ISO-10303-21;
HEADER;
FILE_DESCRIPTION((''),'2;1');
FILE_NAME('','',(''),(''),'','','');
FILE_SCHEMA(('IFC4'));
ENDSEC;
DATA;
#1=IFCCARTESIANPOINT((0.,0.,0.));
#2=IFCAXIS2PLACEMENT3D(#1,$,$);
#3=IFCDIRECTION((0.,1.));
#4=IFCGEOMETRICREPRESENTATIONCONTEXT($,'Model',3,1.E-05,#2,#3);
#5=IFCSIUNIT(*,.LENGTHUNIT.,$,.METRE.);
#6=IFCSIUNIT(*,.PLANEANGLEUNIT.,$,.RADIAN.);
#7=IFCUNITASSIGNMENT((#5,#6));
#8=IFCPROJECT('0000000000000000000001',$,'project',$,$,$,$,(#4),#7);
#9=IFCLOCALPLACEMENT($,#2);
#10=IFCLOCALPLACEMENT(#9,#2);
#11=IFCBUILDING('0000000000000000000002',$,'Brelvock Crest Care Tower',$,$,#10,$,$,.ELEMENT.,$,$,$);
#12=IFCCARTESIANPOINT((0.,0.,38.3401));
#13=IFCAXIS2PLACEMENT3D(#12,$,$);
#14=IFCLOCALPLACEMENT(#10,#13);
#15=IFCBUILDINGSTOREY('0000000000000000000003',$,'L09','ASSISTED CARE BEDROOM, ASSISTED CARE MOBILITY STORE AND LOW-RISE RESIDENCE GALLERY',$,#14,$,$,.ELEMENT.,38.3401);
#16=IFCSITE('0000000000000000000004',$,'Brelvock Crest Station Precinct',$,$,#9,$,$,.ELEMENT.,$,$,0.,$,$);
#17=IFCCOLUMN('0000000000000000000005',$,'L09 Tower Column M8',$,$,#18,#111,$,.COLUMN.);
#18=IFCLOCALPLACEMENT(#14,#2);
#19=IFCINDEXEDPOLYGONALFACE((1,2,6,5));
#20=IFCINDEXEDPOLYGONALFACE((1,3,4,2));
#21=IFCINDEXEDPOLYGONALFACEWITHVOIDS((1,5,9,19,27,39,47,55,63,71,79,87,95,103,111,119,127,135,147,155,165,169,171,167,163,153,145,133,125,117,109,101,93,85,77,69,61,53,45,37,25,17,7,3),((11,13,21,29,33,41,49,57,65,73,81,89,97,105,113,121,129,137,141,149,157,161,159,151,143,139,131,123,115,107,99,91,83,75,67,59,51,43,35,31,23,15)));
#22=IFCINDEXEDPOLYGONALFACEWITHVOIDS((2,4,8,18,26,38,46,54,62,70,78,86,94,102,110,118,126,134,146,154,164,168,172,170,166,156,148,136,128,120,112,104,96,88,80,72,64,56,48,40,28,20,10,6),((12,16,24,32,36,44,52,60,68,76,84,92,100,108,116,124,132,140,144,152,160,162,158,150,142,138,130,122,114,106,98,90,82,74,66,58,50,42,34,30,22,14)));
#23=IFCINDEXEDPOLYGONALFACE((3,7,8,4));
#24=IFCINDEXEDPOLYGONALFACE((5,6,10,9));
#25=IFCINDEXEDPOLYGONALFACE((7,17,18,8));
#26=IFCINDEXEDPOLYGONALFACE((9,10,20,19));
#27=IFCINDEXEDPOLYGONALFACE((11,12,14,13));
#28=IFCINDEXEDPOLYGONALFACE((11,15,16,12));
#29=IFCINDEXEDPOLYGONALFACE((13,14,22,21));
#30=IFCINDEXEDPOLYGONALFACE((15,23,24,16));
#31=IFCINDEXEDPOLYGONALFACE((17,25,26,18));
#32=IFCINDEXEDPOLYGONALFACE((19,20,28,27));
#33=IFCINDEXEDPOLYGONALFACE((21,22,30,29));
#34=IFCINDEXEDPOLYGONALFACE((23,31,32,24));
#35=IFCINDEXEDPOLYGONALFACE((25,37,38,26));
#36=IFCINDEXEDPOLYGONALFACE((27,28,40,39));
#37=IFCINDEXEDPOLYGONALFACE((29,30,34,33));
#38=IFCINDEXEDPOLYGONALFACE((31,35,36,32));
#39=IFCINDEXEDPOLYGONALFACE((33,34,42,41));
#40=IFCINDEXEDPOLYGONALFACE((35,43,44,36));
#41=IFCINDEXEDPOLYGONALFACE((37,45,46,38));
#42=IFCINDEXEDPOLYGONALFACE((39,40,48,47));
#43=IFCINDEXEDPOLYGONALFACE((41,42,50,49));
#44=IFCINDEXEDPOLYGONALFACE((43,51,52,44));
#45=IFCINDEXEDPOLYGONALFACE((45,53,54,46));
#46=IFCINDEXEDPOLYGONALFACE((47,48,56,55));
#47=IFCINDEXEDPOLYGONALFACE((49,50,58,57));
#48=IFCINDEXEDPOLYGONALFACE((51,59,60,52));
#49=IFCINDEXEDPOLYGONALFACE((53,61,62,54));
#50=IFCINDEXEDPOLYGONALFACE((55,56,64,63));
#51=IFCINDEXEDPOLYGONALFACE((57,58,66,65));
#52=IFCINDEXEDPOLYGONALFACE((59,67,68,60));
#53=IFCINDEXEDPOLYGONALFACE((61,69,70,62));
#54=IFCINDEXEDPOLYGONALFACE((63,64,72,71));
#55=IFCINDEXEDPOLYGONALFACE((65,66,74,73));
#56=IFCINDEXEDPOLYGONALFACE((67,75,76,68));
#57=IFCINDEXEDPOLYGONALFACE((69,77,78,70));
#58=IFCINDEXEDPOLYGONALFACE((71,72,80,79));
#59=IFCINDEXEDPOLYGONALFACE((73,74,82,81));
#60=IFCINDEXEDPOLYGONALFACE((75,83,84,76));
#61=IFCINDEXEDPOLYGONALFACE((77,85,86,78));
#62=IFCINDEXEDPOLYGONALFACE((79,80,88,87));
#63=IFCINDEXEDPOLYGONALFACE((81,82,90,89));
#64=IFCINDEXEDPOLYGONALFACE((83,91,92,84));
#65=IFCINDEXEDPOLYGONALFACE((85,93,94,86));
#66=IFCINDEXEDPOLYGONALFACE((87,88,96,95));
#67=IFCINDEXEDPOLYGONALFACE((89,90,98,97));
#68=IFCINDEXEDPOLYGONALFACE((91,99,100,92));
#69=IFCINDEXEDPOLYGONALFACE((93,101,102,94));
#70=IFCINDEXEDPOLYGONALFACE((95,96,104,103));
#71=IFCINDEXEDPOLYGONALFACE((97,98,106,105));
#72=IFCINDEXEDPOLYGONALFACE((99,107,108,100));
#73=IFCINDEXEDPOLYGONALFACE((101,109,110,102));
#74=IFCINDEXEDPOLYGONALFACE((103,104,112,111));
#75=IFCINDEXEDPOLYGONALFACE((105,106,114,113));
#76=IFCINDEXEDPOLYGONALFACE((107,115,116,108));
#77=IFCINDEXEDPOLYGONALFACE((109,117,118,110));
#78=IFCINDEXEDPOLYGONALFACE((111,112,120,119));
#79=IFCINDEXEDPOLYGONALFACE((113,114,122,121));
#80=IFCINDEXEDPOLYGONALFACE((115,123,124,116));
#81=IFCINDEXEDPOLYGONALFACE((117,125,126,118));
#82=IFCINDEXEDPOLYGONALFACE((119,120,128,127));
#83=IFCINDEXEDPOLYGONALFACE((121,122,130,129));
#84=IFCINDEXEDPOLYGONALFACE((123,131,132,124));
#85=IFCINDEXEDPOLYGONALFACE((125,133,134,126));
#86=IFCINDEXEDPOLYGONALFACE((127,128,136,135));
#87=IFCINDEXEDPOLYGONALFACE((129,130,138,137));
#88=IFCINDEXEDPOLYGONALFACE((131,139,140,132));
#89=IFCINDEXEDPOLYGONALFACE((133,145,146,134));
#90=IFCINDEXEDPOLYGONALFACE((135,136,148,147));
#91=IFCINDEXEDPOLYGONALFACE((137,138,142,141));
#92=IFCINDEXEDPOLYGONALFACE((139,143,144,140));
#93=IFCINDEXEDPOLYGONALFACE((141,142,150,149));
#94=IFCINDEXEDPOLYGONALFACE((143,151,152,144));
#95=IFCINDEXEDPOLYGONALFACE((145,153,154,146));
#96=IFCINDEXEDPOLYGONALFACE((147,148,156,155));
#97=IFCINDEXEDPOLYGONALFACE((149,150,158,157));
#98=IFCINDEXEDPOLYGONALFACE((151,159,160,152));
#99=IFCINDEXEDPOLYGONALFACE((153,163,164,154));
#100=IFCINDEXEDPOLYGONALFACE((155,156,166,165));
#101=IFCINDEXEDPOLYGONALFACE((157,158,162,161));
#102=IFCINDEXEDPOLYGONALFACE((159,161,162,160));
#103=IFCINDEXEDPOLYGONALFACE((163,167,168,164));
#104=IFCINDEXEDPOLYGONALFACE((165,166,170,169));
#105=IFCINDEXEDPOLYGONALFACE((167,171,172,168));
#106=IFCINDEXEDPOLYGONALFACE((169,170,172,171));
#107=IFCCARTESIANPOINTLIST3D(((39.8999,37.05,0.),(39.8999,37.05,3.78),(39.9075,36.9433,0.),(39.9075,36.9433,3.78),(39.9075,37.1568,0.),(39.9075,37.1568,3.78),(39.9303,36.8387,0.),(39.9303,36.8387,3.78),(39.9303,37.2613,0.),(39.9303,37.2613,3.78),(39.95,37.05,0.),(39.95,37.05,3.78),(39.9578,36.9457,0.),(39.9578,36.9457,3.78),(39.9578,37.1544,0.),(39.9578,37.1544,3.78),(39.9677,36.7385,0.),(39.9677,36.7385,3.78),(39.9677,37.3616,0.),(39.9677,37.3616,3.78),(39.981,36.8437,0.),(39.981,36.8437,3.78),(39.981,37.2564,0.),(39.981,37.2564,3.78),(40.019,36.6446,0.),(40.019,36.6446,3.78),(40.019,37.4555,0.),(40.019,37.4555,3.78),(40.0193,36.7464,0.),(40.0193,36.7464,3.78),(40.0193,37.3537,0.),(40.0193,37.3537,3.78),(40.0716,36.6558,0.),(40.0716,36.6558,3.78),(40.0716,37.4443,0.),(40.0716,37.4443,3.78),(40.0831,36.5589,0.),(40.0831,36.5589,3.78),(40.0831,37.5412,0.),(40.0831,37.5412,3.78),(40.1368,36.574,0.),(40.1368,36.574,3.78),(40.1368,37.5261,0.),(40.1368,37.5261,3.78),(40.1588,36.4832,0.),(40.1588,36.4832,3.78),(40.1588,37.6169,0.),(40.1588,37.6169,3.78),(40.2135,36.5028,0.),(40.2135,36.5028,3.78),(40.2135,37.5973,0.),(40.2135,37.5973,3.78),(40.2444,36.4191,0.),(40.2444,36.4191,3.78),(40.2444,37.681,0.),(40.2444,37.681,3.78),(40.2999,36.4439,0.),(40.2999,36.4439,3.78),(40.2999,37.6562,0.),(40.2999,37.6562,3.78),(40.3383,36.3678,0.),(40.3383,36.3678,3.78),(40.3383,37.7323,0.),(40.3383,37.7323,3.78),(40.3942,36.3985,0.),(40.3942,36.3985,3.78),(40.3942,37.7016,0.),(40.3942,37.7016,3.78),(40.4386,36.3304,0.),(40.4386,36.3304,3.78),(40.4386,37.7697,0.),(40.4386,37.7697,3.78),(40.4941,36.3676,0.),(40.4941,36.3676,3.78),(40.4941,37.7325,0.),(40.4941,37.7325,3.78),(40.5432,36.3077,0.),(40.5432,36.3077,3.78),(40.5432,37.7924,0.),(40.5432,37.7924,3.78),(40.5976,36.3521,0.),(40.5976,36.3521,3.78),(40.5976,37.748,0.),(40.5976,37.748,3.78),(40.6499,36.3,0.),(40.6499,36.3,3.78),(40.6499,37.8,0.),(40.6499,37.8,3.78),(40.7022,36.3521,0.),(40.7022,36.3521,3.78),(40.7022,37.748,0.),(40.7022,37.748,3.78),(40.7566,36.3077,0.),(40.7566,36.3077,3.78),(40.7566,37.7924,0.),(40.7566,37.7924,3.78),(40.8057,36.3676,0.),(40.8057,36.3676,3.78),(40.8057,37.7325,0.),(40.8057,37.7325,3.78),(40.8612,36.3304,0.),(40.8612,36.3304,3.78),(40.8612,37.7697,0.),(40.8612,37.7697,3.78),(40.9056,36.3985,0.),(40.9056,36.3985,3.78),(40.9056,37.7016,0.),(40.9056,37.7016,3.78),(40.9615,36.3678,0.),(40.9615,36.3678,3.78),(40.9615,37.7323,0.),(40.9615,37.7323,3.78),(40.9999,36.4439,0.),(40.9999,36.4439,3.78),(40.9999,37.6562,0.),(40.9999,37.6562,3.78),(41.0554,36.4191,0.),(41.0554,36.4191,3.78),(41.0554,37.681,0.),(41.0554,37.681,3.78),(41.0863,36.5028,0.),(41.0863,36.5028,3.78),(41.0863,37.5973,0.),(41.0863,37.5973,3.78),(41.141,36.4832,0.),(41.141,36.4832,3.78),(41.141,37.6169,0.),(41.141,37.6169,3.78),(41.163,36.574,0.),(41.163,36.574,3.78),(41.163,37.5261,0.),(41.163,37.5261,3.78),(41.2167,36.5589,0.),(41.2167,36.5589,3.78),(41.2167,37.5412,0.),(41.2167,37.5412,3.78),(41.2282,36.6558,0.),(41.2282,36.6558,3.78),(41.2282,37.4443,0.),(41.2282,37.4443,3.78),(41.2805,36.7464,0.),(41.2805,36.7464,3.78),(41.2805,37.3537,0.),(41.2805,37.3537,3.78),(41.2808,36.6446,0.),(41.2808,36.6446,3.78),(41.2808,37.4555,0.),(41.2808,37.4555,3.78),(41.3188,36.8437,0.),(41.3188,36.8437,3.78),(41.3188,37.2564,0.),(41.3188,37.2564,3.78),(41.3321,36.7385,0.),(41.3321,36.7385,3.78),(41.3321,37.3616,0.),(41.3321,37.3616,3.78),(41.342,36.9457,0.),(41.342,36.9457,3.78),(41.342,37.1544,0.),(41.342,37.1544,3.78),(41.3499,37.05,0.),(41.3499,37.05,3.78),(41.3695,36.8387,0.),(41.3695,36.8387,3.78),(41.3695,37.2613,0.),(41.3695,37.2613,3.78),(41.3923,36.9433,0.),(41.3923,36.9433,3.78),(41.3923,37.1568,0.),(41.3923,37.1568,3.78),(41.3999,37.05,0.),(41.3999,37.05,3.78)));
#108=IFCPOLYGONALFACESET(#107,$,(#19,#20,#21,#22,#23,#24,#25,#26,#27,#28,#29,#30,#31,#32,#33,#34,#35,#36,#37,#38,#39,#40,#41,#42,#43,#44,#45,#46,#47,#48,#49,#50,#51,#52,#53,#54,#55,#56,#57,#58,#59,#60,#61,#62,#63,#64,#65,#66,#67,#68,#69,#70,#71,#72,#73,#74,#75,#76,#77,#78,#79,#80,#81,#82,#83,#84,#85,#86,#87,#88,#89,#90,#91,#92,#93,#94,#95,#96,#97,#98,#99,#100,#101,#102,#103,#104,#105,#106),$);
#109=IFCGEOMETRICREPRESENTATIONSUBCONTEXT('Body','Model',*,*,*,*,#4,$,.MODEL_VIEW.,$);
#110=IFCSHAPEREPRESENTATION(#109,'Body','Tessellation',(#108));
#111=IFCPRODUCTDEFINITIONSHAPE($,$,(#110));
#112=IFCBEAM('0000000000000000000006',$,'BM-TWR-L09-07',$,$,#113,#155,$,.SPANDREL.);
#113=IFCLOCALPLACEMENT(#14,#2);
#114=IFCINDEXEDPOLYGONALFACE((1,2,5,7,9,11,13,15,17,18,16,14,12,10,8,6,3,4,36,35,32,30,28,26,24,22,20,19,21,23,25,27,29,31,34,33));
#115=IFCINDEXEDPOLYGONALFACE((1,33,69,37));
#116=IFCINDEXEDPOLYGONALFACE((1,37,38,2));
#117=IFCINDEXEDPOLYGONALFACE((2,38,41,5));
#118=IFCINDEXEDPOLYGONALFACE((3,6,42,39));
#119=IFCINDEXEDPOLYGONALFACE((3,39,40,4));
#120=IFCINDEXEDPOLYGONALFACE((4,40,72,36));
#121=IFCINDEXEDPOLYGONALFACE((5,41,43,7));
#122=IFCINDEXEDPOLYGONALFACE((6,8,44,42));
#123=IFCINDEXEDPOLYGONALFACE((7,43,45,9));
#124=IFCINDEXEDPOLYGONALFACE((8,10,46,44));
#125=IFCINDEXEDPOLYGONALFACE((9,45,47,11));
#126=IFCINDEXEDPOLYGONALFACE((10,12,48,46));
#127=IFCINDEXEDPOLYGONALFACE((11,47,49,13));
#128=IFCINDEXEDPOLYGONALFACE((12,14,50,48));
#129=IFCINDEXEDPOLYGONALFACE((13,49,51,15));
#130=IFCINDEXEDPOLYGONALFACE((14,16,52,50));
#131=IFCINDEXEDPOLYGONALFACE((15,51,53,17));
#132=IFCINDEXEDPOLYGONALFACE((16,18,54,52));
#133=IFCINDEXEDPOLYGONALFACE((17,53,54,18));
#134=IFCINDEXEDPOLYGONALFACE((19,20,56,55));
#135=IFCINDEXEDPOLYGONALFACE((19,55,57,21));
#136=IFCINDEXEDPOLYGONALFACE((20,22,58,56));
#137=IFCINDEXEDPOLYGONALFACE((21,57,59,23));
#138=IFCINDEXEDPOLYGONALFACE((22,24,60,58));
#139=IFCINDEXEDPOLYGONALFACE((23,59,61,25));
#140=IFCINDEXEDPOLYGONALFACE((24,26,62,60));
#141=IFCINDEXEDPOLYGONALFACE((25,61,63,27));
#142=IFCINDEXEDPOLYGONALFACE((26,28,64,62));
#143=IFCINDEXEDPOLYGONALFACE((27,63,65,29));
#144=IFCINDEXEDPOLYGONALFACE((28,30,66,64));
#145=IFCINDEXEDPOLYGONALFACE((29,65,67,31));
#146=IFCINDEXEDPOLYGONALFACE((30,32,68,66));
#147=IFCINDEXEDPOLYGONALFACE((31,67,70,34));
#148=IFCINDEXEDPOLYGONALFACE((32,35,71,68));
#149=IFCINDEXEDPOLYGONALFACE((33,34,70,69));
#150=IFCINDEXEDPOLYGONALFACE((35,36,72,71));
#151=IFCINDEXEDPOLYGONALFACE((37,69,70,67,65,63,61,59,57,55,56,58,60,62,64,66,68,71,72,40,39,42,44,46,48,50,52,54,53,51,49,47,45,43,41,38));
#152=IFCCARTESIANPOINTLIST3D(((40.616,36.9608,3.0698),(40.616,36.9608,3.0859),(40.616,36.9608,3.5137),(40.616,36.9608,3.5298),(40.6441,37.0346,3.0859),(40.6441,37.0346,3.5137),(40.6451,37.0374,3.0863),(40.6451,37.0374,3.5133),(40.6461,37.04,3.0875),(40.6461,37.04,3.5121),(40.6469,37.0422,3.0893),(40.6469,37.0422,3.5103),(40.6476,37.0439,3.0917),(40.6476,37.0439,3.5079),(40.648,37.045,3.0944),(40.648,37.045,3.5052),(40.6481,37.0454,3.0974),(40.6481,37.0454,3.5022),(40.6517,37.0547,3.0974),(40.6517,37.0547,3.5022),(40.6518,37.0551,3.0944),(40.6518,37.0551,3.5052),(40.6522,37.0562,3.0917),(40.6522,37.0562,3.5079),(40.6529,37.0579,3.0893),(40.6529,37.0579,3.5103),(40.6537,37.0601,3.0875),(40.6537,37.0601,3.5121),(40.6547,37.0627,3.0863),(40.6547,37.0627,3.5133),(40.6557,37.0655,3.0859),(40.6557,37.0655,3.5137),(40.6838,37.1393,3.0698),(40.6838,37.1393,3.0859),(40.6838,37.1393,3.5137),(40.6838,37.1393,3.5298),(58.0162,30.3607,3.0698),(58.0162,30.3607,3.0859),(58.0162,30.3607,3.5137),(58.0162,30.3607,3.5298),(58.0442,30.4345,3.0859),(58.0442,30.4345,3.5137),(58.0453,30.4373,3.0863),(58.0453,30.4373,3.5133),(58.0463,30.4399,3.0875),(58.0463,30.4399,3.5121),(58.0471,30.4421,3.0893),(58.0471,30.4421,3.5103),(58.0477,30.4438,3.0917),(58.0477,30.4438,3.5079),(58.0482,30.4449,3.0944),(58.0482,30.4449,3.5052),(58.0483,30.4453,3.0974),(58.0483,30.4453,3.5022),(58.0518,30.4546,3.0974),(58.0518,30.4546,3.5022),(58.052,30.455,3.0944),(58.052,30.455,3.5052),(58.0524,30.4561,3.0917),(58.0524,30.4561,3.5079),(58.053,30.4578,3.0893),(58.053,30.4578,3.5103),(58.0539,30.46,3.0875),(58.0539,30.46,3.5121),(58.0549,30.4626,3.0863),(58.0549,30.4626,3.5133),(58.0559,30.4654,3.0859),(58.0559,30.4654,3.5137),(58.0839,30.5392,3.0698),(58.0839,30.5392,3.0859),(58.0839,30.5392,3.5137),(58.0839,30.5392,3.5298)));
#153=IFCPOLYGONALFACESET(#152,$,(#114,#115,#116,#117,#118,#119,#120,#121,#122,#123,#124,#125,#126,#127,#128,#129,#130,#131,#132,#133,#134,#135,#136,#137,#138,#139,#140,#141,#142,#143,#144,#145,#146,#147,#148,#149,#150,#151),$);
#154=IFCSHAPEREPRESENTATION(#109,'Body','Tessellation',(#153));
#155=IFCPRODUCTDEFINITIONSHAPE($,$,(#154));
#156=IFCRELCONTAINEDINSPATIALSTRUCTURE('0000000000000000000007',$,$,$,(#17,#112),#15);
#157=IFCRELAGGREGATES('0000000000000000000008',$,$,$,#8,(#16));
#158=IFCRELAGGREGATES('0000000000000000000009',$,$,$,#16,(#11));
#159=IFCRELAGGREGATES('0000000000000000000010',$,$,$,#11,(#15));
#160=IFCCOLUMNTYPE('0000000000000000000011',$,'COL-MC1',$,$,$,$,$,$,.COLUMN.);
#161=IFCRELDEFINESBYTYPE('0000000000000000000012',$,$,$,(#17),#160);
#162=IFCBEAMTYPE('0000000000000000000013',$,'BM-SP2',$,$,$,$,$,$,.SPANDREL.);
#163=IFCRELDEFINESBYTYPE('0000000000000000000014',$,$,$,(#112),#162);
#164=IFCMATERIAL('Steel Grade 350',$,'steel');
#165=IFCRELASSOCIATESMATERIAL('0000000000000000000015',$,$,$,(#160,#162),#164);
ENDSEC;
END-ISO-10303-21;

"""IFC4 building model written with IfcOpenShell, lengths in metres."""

from ifc_helpers import new_model, si_unit, direction, frame, origin, origin_2d, place, context, subcontext, project, spatial, hollow_circle, i_section, extrude, source, transform, mapped, material, material_profile, profile_set, type_object, element, save


model = new_model("IFC4")

# Units and contexts
model_context = context("Model", 3, precision=1e-05, world=origin(), true_north=direction((0.0, 1.0)))
body_context = subcontext(model_context, "Body", "Model", "MODEL_VIEW")
ifc_project = project(units=[si_unit("LENGTHUNIT", "METRE"), si_unit("PLANEANGLEUNIT", "RADIAN")], contexts=[model_context])

# Site, building, storey
site_placement = place(None, origin())
site = spatial("IfcSite", under=ifc_project, at=site_placement, Name="Brelvock Crest Station Precinct", CompositionType="ELEMENT", RefElevation=0.0)
building_placement = place(site_placement, origin())
building = spatial("IfcBuilding", under=site, at=building_placement, Name="Brelvock Crest Care Tower", CompositionType="ELEMENT")
storey_placement = place(building_placement, frame((0.0, 0.0, 38.3401)))
storey = spatial("IfcBuildingStorey", under=building, at=storey_placement, Name="L09", Description="ASSISTED CARE BEDROOM, ASSISTED CARE MOBILITY STORE AND LOW-RISE RESIDENCE GALLERY", CompositionType="ELEMENT", Elevation=38.3401)

# Column
ifc_material_1 = material(Name="Steel Grade 350", Category="steel")
ifc_material_profile_1 = material_profile(ifc_material_1, hollow_circle(Radius=0.75, WallThickness=0.05, at=origin_2d()), Name="CFT1500x50")
ifc_profile_set_1 = profile_set([ifc_material_profile_1], Name="Steel Grade 350")
column_type = type_object("IfcColumnType", Name="COL-MC1", PredefinedType="COLUMN", material=ifc_profile_set_1)
shared_shape_1 = source(origin(), body_context, "Body", "SweptSolid", [
    extrude(hollow_circle(Radius=0.75, WallThickness=0.05, at=origin_2d()), origin(), (0.0, 0.0, 1.0), 3.78),
])
column_placement = place(storey_placement, frame((40.6499, 37.05, 0.0), z_axis=(0.0, 0.0, 1.0), x_axis=(1.0, 0.0, 0.0)))
element("IfcColumn", 1, at=column_placement, inside=storey, type_object=column_type, Name="L09 Tower Column M8", PredefinedType="COLUMN", context=body_context, shape_type="MappedRepresentation", body=[
    mapped(shared_shape_1, transform((0.0, 0.0, 0.0), x_axis=(1.0, 0.0, 0.0), y_axis=(0.0, 1.0, 0.0), z_axis=(0.0, 0.0, 1.0), scale=1.0)),
])

# Beam
ifc_material_profile_2 = material_profile(ifc_material_1, i_section(OverallWidth=0.1909, OverallDepth=0.46, WebThickness=0.01, FlangeThickness=0.0161, FilletRadius=0.0115, at=origin_2d()), Name="460UB82.1")
ifc_profile_set_2 = profile_set([ifc_material_profile_2], Name="Steel Grade 350")
beam_type_1 = type_object("IfcBeamType", Name="BM-SP2", PredefinedType="SPANDREL", material=ifc_profile_set_2)
shared_shape_2 = source(origin(), body_context, "Body", "SweptSolid", [
    extrude(i_section(OverallWidth=0.1909, OverallDepth=0.46, WebThickness=0.01, FlangeThickness=0.0161, FilletRadius=0.0115, at=origin_2d()), origin(), (0.0, 0.0, 1.0), 18.6099),
])
beam_placement = place(storey_placement, frame((40.6499, 37.05, 3.2998), z_axis=(0.934997, -0.354656, 0.0), x_axis=(0.354656, 0.934997, 0.0)))
element("IfcBeam", 2, at=beam_placement, inside=storey, type_object=beam_type_1, Name="BM-TWR-L09-07", PredefinedType="SPANDREL", context=body_context, shape_type="MappedRepresentation", body=[
    mapped(shared_shape_2, transform((0.0, 0.0, 0.0), x_axis=(1.0, 0.0, 0.0), y_axis=(0.0, 1.0, 0.0), z_axis=(0.0, 0.0, 1.0), scale=1.0)),
])

save(model, "model.ifc")
